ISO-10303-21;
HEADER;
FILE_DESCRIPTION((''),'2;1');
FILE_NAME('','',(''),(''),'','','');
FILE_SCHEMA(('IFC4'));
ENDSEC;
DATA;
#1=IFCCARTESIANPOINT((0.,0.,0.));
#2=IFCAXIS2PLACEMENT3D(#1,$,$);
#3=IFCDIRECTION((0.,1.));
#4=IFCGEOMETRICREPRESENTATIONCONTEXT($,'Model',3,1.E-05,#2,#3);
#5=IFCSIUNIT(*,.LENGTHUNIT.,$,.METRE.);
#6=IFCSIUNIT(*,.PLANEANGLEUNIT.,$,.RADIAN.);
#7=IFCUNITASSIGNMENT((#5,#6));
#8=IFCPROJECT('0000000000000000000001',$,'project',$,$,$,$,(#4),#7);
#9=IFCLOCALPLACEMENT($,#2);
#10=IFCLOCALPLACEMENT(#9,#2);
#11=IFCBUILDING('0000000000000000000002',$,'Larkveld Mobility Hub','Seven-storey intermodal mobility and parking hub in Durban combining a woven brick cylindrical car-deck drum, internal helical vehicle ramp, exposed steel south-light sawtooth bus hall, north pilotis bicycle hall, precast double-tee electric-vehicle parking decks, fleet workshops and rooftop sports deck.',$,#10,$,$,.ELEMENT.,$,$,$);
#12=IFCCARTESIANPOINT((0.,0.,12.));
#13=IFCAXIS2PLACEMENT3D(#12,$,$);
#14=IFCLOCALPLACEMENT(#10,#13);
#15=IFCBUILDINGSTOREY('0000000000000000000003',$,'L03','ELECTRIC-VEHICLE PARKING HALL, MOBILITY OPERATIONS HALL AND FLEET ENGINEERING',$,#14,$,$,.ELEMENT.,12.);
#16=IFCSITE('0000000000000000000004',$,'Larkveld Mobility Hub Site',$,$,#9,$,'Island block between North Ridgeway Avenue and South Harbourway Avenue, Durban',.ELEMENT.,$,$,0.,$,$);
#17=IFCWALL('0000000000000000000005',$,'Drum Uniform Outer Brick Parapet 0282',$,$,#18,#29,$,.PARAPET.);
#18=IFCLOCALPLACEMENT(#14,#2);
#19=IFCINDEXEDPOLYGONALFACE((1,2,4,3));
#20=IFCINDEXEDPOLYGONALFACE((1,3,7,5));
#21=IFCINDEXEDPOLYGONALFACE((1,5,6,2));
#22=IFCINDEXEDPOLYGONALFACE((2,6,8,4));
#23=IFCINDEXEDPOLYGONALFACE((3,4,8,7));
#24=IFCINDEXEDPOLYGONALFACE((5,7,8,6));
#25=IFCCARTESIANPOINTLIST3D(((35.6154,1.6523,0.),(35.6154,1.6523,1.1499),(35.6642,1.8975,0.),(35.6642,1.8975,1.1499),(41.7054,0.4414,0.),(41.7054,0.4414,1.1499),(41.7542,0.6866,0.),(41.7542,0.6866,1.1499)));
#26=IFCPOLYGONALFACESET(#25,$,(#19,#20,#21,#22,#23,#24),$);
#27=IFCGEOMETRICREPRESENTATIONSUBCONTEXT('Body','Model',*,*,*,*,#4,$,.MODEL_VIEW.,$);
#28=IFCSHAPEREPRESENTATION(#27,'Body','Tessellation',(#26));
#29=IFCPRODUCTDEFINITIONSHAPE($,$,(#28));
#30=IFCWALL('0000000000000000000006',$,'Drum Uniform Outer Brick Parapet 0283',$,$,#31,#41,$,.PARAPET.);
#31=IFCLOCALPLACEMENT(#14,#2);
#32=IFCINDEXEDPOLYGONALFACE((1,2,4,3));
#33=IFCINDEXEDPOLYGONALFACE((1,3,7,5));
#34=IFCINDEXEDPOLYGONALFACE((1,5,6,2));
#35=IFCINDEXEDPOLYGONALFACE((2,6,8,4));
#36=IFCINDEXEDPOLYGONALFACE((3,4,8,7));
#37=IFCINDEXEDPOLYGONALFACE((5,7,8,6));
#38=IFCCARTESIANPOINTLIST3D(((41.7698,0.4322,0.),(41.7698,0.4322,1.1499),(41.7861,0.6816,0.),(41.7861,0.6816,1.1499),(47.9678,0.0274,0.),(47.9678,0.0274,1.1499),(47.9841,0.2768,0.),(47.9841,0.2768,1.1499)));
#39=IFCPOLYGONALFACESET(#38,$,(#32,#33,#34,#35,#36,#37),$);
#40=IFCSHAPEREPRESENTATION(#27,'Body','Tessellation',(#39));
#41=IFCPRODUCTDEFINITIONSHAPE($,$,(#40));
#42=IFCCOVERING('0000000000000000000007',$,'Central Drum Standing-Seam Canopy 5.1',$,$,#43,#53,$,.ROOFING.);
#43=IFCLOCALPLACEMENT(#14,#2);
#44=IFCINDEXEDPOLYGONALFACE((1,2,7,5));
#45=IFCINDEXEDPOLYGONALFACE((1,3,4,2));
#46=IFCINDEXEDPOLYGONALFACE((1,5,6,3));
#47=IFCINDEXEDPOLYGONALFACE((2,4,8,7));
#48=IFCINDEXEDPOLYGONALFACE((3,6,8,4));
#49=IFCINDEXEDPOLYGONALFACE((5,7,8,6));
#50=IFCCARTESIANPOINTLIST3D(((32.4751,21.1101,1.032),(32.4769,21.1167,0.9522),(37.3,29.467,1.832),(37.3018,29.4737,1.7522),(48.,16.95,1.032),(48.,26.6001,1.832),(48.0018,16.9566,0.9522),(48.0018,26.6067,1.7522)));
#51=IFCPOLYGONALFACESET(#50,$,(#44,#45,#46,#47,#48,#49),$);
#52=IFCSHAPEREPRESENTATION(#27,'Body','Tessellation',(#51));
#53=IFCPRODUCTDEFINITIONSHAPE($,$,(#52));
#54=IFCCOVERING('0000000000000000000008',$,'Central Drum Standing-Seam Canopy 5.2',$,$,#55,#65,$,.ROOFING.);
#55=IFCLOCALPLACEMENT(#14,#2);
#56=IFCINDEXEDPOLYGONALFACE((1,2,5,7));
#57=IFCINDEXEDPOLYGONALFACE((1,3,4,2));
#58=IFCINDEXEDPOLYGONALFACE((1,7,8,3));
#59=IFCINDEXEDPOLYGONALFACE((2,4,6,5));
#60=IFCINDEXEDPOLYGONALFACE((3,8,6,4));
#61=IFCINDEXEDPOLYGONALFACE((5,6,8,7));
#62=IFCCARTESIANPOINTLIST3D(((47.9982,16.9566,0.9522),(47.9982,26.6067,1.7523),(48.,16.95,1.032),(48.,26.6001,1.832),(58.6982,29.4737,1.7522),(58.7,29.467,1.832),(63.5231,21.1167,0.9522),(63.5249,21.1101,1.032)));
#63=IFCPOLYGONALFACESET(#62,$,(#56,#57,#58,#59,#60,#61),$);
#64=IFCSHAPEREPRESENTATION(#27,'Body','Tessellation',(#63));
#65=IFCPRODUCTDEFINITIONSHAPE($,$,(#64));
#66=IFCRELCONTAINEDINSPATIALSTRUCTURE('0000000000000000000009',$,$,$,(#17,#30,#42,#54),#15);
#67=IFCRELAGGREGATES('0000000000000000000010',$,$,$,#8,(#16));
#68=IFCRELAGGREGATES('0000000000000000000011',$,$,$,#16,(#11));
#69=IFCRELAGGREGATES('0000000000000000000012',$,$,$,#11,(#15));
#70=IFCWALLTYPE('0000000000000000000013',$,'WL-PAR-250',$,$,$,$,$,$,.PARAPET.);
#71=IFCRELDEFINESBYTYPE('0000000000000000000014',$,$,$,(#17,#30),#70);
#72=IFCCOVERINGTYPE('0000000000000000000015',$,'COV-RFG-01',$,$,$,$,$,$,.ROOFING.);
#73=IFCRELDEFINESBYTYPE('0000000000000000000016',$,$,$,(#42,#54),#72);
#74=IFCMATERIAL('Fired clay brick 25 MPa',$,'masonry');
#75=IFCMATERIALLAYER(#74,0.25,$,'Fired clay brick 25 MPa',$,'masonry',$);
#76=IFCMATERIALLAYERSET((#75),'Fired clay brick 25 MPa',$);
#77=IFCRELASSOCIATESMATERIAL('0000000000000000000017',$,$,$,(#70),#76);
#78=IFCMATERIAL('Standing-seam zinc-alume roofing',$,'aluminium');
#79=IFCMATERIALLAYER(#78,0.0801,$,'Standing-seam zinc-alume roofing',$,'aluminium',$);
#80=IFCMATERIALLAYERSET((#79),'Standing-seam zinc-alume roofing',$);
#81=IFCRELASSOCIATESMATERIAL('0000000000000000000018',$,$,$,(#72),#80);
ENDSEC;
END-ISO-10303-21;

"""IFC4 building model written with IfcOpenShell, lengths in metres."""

from ifc_helpers import new_model, si_unit, direction, frame, frame_2d, origin, place, context, subcontext, project, spatial, polyline, rectangle, outline, extrude, material, layer, layer_set, type_object, element, save


model = new_model("IFC4")

# Units and contexts
model_context = context("Model", 3, precision=1e-05, world=origin(), true_north=direction((0.0, 1.0)))
body_context = subcontext(model_context, "Body", "Model", "MODEL_VIEW")
ifc_project = project(units=[si_unit("LENGTHUNIT", "METRE"), si_unit("PLANEANGLEUNIT", "RADIAN")], contexts=[model_context])

# Site, building, storey
site_placement = place(None, origin())
site = spatial("IfcSite", under=ifc_project, at=site_placement, Name="Larkveld Mobility Hub Site", LongName="Island block between North Ridgeway Avenue and South Harbourway Avenue, Durban", CompositionType="ELEMENT", RefElevation=0.0)
building_placement = place(site_placement, origin())
building = spatial("IfcBuilding", under=site, at=building_placement, Name="Larkveld Mobility Hub", Description="Seven-storey intermodal mobility and parking hub in Durban combining a woven brick cylindrical car-deck drum, internal helical vehicle ramp, exposed steel south-light sawtooth bus hall, north pilotis bicycle hall, precast double-tee electric-vehicle parking decks, fleet workshops and rooftop sports deck.", CompositionType="ELEMENT")
storey_placement = place(building_placement, frame((0.0, 0.0, 12.0)))
storey = spatial("IfcBuildingStorey", under=building, at=storey_placement, Name="L03", Description="ELECTRIC-VEHICLE PARKING HALL, MOBILITY OPERATIONS HALL AND FLEET ENGINEERING", CompositionType="ELEMENT", Elevation=12.0)

# Walls
ifc_material_1 = material(Name="Fired clay brick 25 MPa", Category="masonry")
ifc_layer_1 = layer(ifc_material_1, 0.25, Name="Fired clay brick 25 MPa", Category="masonry")
ifc_layer_set_1 = layer_set([ifc_layer_1], Name="Fired clay brick 25 MPa")
wall_type_1 = type_object("IfcWallType", Name="WL-PAR-250", PredefinedType="PARAPET", material=ifc_layer_set_1)
wall_1_placement = place(storey_placement, frame((35.6399, 1.7749, 0.0), z_axis=(0.0, 0.0, 1.0), x_axis=(0.980799, -0.19502, 0.0)))
element("IfcWall", 1, at=wall_1_placement, inside=storey, type_object=wall_type_1, Name="Drum Uniform Outer Brick Parapet 0282", PredefinedType="PARAPET", context=body_context, shape_type="SweptSolid", body=[
    extrude(rectangle(XDim=6.2092, YDim=0.25, at=frame_2d((3.1045, 0.0))), origin(), (0.0, 0.0, 1.0), 1.1499),
])
wall_2_placement = place(storey_placement, frame((41.7781, 0.5569, 0.0), z_axis=(0.0, 0.0, 1.0), x_axis=(0.997874, -0.06517, 0.0)))
element("IfcWall", 2, at=wall_2_placement, inside=storey, type_object=wall_type_1, Name="Drum Uniform Outer Brick Parapet 0283", PredefinedType="PARAPET", context=body_context, shape_type="SweptSolid", body=[
    extrude(rectangle(XDim=6.2112, YDim=0.25, at=frame_2d((3.1055, 0.0))), origin(), (0.0, 0.0, 1.0), 1.1499),
])

# Coverings
ifc_material_2 = material(Name="Standing-seam zinc-alume roofing", Category="aluminium")
ifc_layer_2 = layer(ifc_material_2, 0.0801, Name="Standing-seam zinc-alume roofing", Category="aluminium")
ifc_layer_set_2 = layer_set([ifc_layer_2], Name="Standing-seam zinc-alume roofing")
covering_type = type_object("IfcCoveringType", Name="COV-RFG-01", PredefinedType="ROOFING", material=ifc_layer_set_2)
covering_1_placement = place(storey_placement, frame((32.4751, 21.1101, 1.032), z_axis=(-0.022134, -0.082603, 0.996337), x_axis=(0.965922, -0.258835, -0.000001)))
element("IfcCovering", 3, at=covering_1_placement, inside=storey, type_object=covering_type, Name="Central Drum Standing-Seam Canopy 5.1", PredefinedType="ROOFING", context=body_context, shape_type="SweptSolid", body=[
    extrude(outline(polyline([(0.0, 0.0), (16.0726, 0.0), (13.5748, 9.3556), (2.4975, 9.3553), (0.0, 0.0)])), origin(), (0.0, 0.0, -1.0), 0.0801),
])
covering_2_placement = place(storey_placement, frame((48.0, 16.95, 1.032), z_axis=(0.022134, -0.082603, 0.996337), x_axis=(0.965922, 0.258835, 0.000001)))
element("IfcCovering", 4, at=covering_2_placement, inside=storey, type_object=covering_type, Name="Central Drum Standing-Seam Canopy 5.2", PredefinedType="ROOFING", context=body_context, shape_type="SweptSolid", body=[
    extrude(outline(polyline([(0.0, 0.0), (16.0726, 0.0), (13.5752, 9.3553), (2.4978, 9.3556), (0.0, 0.0)])), origin(), (0.0, 0.0, -1.0), 0.0801),
])

save(model, "model.ifc")
